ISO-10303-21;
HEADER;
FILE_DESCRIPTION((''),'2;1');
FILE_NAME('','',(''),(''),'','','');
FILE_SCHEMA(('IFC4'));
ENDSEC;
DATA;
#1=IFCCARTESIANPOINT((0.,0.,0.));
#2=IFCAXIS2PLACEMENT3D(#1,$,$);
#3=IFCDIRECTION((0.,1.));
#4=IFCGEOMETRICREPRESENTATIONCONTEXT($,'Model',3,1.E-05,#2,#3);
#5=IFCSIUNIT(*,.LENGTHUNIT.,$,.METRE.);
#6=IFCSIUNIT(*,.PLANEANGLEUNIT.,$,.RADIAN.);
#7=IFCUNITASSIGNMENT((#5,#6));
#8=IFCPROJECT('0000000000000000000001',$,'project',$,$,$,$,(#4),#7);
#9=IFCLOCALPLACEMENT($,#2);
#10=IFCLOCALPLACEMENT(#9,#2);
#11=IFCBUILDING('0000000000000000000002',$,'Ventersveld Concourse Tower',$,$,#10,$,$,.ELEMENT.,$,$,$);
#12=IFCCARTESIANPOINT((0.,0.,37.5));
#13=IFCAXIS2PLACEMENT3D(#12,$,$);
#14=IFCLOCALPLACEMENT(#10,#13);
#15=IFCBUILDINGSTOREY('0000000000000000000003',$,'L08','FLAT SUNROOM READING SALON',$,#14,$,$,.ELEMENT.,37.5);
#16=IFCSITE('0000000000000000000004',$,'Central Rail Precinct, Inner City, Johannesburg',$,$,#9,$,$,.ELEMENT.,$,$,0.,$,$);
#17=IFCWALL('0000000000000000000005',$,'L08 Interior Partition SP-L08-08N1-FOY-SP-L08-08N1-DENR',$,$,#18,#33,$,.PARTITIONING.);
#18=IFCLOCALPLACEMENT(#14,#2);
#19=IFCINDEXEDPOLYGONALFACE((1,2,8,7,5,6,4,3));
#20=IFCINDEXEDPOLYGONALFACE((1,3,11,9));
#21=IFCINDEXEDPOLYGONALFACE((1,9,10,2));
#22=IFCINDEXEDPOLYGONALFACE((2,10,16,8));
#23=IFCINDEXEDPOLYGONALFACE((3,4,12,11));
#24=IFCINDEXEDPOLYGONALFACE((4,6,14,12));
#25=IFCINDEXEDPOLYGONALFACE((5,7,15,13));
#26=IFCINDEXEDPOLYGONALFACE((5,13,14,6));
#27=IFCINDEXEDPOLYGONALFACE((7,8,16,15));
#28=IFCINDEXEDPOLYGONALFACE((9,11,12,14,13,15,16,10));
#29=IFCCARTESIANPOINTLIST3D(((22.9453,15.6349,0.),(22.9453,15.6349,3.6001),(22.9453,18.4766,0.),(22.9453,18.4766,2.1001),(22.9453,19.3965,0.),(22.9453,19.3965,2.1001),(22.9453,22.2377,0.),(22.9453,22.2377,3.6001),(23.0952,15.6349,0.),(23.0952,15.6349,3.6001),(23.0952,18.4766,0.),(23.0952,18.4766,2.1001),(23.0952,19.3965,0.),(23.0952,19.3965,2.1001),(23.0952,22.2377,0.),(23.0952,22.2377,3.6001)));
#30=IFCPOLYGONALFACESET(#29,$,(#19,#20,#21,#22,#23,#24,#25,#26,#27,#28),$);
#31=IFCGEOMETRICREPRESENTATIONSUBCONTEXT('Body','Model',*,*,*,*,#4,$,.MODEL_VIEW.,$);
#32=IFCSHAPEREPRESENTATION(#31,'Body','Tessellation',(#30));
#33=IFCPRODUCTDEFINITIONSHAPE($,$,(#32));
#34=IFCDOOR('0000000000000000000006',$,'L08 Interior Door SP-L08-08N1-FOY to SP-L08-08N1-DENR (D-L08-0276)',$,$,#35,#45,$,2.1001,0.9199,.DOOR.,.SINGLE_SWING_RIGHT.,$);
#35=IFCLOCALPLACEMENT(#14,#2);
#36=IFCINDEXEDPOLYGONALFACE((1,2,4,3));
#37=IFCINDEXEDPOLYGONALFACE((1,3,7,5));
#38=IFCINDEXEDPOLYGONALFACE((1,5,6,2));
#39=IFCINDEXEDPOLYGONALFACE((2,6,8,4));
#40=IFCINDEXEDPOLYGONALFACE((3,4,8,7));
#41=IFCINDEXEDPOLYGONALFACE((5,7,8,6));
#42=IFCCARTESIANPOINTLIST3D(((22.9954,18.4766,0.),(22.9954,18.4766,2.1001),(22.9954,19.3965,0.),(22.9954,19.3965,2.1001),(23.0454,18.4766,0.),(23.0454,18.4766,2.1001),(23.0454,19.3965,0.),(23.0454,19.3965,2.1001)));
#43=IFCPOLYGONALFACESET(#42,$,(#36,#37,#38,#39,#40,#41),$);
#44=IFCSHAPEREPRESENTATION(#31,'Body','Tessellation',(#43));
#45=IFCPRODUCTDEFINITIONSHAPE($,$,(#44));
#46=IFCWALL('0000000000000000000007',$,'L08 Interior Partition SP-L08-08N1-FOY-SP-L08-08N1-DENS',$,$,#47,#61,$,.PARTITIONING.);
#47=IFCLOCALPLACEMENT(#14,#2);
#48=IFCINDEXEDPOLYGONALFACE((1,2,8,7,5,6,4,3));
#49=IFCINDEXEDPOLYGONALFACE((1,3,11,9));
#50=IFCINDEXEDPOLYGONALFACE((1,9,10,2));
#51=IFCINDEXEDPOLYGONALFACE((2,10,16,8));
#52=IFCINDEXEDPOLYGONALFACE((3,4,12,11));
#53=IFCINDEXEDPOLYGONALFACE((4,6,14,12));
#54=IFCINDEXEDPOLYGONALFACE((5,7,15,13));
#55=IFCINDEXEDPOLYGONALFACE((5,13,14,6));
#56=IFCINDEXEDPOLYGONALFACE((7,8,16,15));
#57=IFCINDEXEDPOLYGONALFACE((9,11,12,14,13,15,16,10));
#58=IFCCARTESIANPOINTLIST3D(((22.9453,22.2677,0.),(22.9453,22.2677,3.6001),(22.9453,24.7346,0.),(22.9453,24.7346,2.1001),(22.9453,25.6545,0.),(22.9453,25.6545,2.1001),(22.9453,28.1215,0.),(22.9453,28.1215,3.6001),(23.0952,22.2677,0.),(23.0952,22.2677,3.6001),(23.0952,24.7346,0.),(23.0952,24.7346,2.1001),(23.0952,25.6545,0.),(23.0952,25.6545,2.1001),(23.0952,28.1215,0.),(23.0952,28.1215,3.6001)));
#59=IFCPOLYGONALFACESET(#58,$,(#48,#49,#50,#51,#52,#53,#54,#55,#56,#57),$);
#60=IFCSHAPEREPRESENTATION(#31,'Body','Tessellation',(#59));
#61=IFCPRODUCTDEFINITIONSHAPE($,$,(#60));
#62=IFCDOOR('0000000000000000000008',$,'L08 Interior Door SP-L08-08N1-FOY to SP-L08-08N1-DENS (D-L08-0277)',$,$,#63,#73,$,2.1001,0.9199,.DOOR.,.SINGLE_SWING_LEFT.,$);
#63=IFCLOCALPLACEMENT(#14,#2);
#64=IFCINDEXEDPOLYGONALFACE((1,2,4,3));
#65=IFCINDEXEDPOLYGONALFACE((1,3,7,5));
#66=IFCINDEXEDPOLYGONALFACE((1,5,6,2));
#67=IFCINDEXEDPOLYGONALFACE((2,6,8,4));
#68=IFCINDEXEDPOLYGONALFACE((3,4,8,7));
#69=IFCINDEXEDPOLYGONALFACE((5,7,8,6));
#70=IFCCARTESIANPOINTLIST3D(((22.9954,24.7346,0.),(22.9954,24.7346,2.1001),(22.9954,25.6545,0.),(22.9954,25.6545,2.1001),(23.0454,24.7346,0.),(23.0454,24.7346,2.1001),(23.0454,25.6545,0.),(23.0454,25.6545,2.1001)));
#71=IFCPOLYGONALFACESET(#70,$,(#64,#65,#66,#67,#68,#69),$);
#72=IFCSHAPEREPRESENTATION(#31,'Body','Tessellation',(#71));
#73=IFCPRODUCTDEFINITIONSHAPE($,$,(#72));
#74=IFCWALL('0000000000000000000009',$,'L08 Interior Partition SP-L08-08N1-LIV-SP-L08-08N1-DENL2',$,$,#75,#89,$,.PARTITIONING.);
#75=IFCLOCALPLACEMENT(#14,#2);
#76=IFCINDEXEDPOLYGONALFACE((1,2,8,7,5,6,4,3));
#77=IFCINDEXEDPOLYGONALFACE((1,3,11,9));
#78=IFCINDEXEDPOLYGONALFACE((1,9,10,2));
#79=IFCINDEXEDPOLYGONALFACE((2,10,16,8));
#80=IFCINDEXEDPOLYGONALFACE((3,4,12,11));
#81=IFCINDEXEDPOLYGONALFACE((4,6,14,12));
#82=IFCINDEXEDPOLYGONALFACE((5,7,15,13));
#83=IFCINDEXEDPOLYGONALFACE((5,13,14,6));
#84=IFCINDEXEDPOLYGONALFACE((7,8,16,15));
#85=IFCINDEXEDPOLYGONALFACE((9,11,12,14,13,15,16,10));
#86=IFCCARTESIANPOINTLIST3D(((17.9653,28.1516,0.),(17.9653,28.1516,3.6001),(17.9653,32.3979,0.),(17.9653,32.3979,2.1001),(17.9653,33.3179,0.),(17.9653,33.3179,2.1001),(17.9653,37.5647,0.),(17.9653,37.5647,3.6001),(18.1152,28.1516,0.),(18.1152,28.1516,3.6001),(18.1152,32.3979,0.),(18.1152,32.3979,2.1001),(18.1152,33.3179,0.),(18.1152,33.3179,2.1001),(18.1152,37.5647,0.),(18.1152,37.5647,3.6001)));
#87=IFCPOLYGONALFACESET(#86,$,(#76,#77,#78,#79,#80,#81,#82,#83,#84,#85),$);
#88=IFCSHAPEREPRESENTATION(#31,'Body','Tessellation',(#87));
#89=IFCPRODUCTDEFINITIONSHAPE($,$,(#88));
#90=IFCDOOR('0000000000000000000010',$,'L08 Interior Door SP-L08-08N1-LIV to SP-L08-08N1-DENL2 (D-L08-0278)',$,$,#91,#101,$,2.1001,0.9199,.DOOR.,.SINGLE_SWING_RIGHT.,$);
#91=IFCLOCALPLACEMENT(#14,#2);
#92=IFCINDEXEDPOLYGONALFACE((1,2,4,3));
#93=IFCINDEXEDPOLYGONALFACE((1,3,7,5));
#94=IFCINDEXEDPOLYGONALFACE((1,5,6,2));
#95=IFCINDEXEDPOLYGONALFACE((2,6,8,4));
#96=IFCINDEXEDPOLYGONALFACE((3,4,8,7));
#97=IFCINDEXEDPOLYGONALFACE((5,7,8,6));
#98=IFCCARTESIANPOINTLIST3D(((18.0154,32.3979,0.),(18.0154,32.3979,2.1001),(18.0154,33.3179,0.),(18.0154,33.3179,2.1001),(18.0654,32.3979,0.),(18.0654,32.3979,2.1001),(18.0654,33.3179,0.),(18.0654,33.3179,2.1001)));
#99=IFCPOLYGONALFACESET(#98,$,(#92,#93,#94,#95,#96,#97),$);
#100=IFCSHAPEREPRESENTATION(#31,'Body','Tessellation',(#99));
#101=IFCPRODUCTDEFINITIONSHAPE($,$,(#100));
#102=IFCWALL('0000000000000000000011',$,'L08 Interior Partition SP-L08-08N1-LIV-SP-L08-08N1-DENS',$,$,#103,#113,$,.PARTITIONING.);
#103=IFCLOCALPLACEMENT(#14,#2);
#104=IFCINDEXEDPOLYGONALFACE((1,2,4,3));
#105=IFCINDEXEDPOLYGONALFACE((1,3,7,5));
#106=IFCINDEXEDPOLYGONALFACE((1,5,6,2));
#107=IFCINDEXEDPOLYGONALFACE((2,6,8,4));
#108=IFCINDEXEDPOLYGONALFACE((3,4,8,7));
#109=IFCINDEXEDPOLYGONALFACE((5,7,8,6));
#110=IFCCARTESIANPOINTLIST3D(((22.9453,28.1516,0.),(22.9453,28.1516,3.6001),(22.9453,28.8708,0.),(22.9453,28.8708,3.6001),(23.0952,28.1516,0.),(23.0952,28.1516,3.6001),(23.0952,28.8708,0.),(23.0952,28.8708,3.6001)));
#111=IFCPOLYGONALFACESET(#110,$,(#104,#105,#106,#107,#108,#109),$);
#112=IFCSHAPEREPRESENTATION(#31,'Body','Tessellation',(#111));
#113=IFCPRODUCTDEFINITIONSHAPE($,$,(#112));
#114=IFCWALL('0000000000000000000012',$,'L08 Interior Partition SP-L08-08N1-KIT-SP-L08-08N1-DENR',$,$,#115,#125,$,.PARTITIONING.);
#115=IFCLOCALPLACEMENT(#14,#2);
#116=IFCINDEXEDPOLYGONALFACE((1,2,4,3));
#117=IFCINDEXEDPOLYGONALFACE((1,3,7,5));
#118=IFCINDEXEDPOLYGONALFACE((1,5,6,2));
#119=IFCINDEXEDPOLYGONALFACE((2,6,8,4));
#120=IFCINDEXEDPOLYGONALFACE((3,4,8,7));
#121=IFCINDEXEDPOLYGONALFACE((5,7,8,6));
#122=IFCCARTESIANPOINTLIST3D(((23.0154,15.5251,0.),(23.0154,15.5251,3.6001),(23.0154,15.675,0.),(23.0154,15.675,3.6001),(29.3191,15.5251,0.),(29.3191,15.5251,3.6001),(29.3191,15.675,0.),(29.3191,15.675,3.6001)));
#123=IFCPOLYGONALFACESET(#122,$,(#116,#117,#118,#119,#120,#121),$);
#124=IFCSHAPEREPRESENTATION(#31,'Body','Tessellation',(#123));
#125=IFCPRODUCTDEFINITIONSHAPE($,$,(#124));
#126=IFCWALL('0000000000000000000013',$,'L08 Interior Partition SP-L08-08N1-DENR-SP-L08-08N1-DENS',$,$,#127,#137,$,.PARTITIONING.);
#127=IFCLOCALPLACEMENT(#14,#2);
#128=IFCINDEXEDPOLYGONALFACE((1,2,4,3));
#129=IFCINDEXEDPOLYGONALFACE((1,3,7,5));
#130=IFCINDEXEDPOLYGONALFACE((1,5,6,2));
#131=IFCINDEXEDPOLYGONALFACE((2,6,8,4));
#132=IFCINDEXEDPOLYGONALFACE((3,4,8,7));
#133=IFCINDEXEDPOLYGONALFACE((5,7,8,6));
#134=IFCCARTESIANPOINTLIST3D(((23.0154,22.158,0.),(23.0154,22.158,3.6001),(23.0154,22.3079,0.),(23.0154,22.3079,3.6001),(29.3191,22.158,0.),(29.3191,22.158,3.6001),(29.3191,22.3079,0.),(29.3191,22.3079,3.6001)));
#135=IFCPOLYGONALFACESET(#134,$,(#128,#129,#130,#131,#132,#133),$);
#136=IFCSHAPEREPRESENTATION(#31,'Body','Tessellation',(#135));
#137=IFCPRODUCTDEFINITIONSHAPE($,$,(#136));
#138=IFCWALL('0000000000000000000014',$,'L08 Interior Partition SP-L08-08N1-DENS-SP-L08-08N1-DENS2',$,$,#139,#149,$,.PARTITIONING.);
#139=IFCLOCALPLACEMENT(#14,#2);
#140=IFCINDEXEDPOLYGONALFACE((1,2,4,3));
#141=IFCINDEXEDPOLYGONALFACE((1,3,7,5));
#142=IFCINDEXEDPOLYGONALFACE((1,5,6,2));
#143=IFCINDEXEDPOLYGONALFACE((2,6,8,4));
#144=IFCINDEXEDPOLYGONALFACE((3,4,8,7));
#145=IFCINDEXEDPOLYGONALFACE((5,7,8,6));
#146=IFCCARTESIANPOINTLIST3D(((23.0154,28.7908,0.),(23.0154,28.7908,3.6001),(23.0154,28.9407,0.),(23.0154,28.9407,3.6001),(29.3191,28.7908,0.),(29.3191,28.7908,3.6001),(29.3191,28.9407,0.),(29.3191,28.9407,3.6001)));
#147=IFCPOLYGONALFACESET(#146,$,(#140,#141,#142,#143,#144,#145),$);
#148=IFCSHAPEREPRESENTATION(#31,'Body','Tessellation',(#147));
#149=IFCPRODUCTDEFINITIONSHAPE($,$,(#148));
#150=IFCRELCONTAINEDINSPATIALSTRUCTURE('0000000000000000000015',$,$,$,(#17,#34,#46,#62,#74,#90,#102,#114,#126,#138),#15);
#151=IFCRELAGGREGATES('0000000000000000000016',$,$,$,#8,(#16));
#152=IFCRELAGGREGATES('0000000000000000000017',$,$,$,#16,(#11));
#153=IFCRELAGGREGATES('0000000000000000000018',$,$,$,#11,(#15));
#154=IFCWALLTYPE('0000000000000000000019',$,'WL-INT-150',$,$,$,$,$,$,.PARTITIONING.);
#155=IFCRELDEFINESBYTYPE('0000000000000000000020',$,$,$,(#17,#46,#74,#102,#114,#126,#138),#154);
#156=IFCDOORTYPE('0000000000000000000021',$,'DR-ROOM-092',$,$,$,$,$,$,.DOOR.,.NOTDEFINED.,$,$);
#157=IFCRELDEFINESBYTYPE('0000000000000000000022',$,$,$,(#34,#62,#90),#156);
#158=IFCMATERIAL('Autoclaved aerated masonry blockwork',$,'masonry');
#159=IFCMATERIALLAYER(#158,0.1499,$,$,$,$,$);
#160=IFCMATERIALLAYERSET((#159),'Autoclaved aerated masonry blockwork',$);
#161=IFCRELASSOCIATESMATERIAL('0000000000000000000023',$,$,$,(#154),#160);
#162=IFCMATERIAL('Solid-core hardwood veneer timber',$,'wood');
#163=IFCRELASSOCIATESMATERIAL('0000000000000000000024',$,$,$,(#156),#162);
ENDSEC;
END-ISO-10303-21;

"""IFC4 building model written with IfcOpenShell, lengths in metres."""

from ifc_helpers import new_model, si_unit, direction, frame, frame_2d, origin, place, context, subcontext, project, spatial, rectangle, extrude, material, layer, layer_set, type_object, element, fill, save


model = new_model("IFC4")

# Units and contexts
model_context = context("Model", 3, precision=1e-05, world=origin(), true_north=direction((0.0, 1.0)))
body_context = subcontext(model_context, "Body", "Model", "MODEL_VIEW")
ifc_project = project(units=[si_unit("LENGTHUNIT", "METRE"), si_unit("PLANEANGLEUNIT", "RADIAN")], contexts=[model_context])

# Site, building, storey
site_placement = place(None, origin())
site = spatial("IfcSite", under=ifc_project, at=site_placement, Name="Central Rail Precinct, Inner City, Johannesburg", CompositionType="ELEMENT", RefElevation=0.0)
building_placement = place(site_placement, origin())
building = spatial("IfcBuilding", under=site, at=building_placement, Name="Ventersveld Concourse Tower", CompositionType="ELEMENT")
storey_placement = place(building_placement, frame((0.0, 0.0, 37.5)))
storey = spatial("IfcBuildingStorey", under=building, at=storey_placement, Name="L08", Description="FLAT SUNROOM READING SALON", CompositionType="ELEMENT", Elevation=37.5)

# Shared definitions
ifc_material_1 = material(Name="Solid-core hardwood veneer timber", Category="wood")

# Walls, openings, doors
ifc_material_2 = material(Name="Autoclaved aerated masonry blockwork", Category="masonry")
ifc_layer_1 = layer(ifc_material_2, 0.1499)
ifc_layer_set_1 = layer_set([ifc_layer_1], Name="Autoclaved aerated masonry blockwork")
wall_type_1 = type_object("IfcWallType", Name="WL-INT-150", PredefinedType="PARTITIONING", material=ifc_layer_set_1)
door_type_1 = type_object("IfcDoorType", Name="DR-ROOM-092", OperationType="NOTDEFINED", PredefinedType="DOOR", material=ifc_material_1)
wall_1_placement = place(storey_placement, frame((23.0203, 15.635, 0.0), z_axis=(0.0, 0.0, 1.0), x_axis=(0.0, 1.0, 0.0)))
wall_1 = element("IfcWall", 1, at=wall_1_placement, inside=storey, type_object=wall_type_1, Name="L08 Interior Partition SP-L08-08N1-FOY-SP-L08-08N1-DENR", PredefinedType="PARTITIONING", context=body_context, shape_type="SweptSolid", body=[
    extrude(rectangle(XDim=6.6028, YDim=0.1499, at=frame_2d((3.3013, 0.0))), origin(), (0.0, 0.0, 1.0), 3.6001),
])
opening_1_placement = place(wall_1_placement, frame((2.8416, 0.0, 0.0)))
opening_1 = element("IfcOpeningElement", 2, at=opening_1_placement, cuts=wall_1, PredefinedType="OPENING", context=body_context, shape_type="SweptSolid", body=[
    extrude(rectangle(XDim=0.9199, YDim=2.1001, at=frame_2d((0.46, 1.05))), frame((0.0, 0.085, 0.0), z_axis=(0.0, -1.0, 0.0), x_axis=(1.0, 0.0, 0.0)), (0.0, 0.0, 1.0), 0.1699),
])
door_1_placement = place(opening_1_placement, origin())
door_1 = element("IfcDoor", 3, at=door_1_placement, inside=storey, type_object=door_type_1, Name="L08 Interior Door SP-L08-08N1-FOY to SP-L08-08N1-DENR (D-L08-0276)", OperationType="SINGLE_SWING_RIGHT", OverallHeight=2.1001, OverallWidth=0.9199, PredefinedType="DOOR", context=body_context, shape_type="SweptSolid", body=[
    extrude(rectangle(XDim=0.9199, YDim=2.1001, at=frame_2d((0.46, 1.05))), frame((0.0, 0.0249, 0.0), z_axis=(0.0, -1.0, 0.0), x_axis=(1.0, 0.0, 0.0)), (0.0, 0.0, 1.0), 0.05),
])
fill(opening_1, door_1)
wall_2_placement = place(storey_placement, frame((23.0203, 22.2678, 0.0), z_axis=(0.0, 0.0, 1.0), x_axis=(0.0, 1.0, 0.0)))
wall_2 = element("IfcWall", 4, at=wall_2_placement, inside=storey, type_object=wall_type_1, Name="L08 Interior Partition SP-L08-08N1-FOY-SP-L08-08N1-DENS", PredefinedType="PARTITIONING", context=body_context, shape_type="SweptSolid", body=[
    extrude(rectangle(XDim=5.8538, YDim=0.1499, at=frame_2d((2.9268, 0.0))), origin(), (0.0, 0.0, 1.0), 3.6001),
])
opening_2_placement = place(wall_2_placement, frame((2.4668, 0.0, 0.0)))
opening_2 = element("IfcOpeningElement", 5, at=opening_2_placement, cuts=wall_2, PredefinedType="OPENING", context=body_context, shape_type="SweptSolid", body=[
    extrude(rectangle(XDim=0.9199, YDim=2.1001, at=frame_2d((0.46, 1.05))), frame((0.0, 0.085, 0.0), z_axis=(0.0, -1.0, 0.0), x_axis=(1.0, 0.0, 0.0)), (0.0, 0.0, 1.0), 0.1699),
])
door_2_placement = place(opening_2_placement, origin())
door_2 = element("IfcDoor", 6, at=door_2_placement, inside=storey, type_object=door_type_1, Name="L08 Interior Door SP-L08-08N1-FOY to SP-L08-08N1-DENS (D-L08-0277)", OperationType="SINGLE_SWING_LEFT", OverallHeight=2.1001, OverallWidth=0.9199, PredefinedType="DOOR", context=body_context, shape_type="SweptSolid", body=[
    extrude(rectangle(XDim=0.9199, YDim=2.1001, at=frame_2d((0.46, 1.05))), frame((0.0, 0.0249, 0.0), z_axis=(0.0, -1.0, 0.0), x_axis=(1.0, 0.0, 0.0)), (0.0, 0.0, 1.0), 0.05),
])
fill(opening_2, door_2)
wall_3_placement = place(storey_placement, frame((18.0403, 28.1516, 0.0), z_axis=(0.0, 0.0, 1.0), x_axis=(0.0, 1.0, 0.0)))
wall_3 = element("IfcWall", 7, at=wall_3_placement, inside=storey, type_object=wall_type_1, Name="L08 Interior Partition SP-L08-08N1-LIV-SP-L08-08N1-DENL2", PredefinedType="PARTITIONING", context=body_context, shape_type="SweptSolid", body=[
    extrude(rectangle(XDim=9.4131, YDim=0.1499, at=frame_2d((4.7065, 0.0))), origin(), (0.0, 0.0, 1.0), 3.6001),
])
opening_3_placement = place(wall_3_placement, frame((4.2463, 0.0, 0.0)))
opening_3 = element("IfcOpeningElement", 8, at=opening_3_placement, cuts=wall_3, PredefinedType="OPENING", context=body_context, shape_type="SweptSolid", body=[
    extrude(rectangle(XDim=0.9199, YDim=2.1001, at=frame_2d((0.46, 1.05))), frame((0.0, 0.085, 0.0), z_axis=(0.0, -1.0, 0.0), x_axis=(1.0, 0.0, 0.0)), (0.0, 0.0, 1.0), 0.1699),
])
door_3_placement = place(opening_3_placement, origin())
door_3 = element("IfcDoor", 9, at=door_3_placement, inside=storey, type_object=door_type_1, Name="L08 Interior Door SP-L08-08N1-LIV to SP-L08-08N1-DENL2 (D-L08-0278)", OperationType="SINGLE_SWING_RIGHT", OverallHeight=2.1001, OverallWidth=0.9199, PredefinedType="DOOR", context=body_context, shape_type="SweptSolid", body=[
    extrude(rectangle(XDim=0.9199, YDim=2.1001, at=frame_2d((0.46, 1.05))), frame((0.0, 0.0249, 0.0), z_axis=(0.0, -1.0, 0.0), x_axis=(1.0, 0.0, 0.0)), (0.0, 0.0, 1.0), 0.05),
])
fill(opening_3, door_3)

# Walls
wall_4_placement = place(storey_placement, frame((23.0203, 28.1516, 0.0), z_axis=(0.0, 0.0, 1.0), x_axis=(0.0, 1.0, 0.0)))
element("IfcWall", 10, at=wall_4_placement, inside=storey, type_object=wall_type_1, Name="L08 Interior Partition SP-L08-08N1-LIV-SP-L08-08N1-DENS", PredefinedType="PARTITIONING", context=body_context, shape_type="SweptSolid", body=[
    extrude(rectangle(XDim=0.7192, YDim=0.1499, at=frame_2d((0.3596, 0.0))), origin(), (0.0, 0.0, 1.0), 3.6001),
])
for number, where, z_axis, x_axis, name in (
    (11, (23.0154, 15.6001, 0.0), (0.0, 0.0, 1.0), (1.0, 0.0, 0.0), "L08 Interior Partition SP-L08-08N1-KIT-SP-L08-08N1-DENR"),
    (12, (23.0154, 22.2329, 0.0), (0.0, 0.0, 1.0), (1.0, 0.0, 0.0), "L08 Interior Partition SP-L08-08N1-DENR-SP-L08-08N1-DENS"),
    (13, (23.0154, 28.8657, 0.0), (0.0, 0.0, 1.0), (1.0, 0.0, 0.0), "L08 Interior Partition SP-L08-08N1-DENS-SP-L08-08N1-DENS2"),
):
    element("IfcWall", number, at=place(storey_placement, frame(where, z_axis=z_axis, x_axis=x_axis)), inside=storey, type_object=wall_type_1, Name=name, PredefinedType="PARTITIONING", context=body_context, shape_type="SweptSolid", body=[
        extrude(rectangle(XDim=6.3037, YDim=0.1499, at=frame_2d((3.1519, 0.0))), origin(), (0.0, 0.0, 1.0), 3.6001),
    ])

save(model, "model.ifc")
